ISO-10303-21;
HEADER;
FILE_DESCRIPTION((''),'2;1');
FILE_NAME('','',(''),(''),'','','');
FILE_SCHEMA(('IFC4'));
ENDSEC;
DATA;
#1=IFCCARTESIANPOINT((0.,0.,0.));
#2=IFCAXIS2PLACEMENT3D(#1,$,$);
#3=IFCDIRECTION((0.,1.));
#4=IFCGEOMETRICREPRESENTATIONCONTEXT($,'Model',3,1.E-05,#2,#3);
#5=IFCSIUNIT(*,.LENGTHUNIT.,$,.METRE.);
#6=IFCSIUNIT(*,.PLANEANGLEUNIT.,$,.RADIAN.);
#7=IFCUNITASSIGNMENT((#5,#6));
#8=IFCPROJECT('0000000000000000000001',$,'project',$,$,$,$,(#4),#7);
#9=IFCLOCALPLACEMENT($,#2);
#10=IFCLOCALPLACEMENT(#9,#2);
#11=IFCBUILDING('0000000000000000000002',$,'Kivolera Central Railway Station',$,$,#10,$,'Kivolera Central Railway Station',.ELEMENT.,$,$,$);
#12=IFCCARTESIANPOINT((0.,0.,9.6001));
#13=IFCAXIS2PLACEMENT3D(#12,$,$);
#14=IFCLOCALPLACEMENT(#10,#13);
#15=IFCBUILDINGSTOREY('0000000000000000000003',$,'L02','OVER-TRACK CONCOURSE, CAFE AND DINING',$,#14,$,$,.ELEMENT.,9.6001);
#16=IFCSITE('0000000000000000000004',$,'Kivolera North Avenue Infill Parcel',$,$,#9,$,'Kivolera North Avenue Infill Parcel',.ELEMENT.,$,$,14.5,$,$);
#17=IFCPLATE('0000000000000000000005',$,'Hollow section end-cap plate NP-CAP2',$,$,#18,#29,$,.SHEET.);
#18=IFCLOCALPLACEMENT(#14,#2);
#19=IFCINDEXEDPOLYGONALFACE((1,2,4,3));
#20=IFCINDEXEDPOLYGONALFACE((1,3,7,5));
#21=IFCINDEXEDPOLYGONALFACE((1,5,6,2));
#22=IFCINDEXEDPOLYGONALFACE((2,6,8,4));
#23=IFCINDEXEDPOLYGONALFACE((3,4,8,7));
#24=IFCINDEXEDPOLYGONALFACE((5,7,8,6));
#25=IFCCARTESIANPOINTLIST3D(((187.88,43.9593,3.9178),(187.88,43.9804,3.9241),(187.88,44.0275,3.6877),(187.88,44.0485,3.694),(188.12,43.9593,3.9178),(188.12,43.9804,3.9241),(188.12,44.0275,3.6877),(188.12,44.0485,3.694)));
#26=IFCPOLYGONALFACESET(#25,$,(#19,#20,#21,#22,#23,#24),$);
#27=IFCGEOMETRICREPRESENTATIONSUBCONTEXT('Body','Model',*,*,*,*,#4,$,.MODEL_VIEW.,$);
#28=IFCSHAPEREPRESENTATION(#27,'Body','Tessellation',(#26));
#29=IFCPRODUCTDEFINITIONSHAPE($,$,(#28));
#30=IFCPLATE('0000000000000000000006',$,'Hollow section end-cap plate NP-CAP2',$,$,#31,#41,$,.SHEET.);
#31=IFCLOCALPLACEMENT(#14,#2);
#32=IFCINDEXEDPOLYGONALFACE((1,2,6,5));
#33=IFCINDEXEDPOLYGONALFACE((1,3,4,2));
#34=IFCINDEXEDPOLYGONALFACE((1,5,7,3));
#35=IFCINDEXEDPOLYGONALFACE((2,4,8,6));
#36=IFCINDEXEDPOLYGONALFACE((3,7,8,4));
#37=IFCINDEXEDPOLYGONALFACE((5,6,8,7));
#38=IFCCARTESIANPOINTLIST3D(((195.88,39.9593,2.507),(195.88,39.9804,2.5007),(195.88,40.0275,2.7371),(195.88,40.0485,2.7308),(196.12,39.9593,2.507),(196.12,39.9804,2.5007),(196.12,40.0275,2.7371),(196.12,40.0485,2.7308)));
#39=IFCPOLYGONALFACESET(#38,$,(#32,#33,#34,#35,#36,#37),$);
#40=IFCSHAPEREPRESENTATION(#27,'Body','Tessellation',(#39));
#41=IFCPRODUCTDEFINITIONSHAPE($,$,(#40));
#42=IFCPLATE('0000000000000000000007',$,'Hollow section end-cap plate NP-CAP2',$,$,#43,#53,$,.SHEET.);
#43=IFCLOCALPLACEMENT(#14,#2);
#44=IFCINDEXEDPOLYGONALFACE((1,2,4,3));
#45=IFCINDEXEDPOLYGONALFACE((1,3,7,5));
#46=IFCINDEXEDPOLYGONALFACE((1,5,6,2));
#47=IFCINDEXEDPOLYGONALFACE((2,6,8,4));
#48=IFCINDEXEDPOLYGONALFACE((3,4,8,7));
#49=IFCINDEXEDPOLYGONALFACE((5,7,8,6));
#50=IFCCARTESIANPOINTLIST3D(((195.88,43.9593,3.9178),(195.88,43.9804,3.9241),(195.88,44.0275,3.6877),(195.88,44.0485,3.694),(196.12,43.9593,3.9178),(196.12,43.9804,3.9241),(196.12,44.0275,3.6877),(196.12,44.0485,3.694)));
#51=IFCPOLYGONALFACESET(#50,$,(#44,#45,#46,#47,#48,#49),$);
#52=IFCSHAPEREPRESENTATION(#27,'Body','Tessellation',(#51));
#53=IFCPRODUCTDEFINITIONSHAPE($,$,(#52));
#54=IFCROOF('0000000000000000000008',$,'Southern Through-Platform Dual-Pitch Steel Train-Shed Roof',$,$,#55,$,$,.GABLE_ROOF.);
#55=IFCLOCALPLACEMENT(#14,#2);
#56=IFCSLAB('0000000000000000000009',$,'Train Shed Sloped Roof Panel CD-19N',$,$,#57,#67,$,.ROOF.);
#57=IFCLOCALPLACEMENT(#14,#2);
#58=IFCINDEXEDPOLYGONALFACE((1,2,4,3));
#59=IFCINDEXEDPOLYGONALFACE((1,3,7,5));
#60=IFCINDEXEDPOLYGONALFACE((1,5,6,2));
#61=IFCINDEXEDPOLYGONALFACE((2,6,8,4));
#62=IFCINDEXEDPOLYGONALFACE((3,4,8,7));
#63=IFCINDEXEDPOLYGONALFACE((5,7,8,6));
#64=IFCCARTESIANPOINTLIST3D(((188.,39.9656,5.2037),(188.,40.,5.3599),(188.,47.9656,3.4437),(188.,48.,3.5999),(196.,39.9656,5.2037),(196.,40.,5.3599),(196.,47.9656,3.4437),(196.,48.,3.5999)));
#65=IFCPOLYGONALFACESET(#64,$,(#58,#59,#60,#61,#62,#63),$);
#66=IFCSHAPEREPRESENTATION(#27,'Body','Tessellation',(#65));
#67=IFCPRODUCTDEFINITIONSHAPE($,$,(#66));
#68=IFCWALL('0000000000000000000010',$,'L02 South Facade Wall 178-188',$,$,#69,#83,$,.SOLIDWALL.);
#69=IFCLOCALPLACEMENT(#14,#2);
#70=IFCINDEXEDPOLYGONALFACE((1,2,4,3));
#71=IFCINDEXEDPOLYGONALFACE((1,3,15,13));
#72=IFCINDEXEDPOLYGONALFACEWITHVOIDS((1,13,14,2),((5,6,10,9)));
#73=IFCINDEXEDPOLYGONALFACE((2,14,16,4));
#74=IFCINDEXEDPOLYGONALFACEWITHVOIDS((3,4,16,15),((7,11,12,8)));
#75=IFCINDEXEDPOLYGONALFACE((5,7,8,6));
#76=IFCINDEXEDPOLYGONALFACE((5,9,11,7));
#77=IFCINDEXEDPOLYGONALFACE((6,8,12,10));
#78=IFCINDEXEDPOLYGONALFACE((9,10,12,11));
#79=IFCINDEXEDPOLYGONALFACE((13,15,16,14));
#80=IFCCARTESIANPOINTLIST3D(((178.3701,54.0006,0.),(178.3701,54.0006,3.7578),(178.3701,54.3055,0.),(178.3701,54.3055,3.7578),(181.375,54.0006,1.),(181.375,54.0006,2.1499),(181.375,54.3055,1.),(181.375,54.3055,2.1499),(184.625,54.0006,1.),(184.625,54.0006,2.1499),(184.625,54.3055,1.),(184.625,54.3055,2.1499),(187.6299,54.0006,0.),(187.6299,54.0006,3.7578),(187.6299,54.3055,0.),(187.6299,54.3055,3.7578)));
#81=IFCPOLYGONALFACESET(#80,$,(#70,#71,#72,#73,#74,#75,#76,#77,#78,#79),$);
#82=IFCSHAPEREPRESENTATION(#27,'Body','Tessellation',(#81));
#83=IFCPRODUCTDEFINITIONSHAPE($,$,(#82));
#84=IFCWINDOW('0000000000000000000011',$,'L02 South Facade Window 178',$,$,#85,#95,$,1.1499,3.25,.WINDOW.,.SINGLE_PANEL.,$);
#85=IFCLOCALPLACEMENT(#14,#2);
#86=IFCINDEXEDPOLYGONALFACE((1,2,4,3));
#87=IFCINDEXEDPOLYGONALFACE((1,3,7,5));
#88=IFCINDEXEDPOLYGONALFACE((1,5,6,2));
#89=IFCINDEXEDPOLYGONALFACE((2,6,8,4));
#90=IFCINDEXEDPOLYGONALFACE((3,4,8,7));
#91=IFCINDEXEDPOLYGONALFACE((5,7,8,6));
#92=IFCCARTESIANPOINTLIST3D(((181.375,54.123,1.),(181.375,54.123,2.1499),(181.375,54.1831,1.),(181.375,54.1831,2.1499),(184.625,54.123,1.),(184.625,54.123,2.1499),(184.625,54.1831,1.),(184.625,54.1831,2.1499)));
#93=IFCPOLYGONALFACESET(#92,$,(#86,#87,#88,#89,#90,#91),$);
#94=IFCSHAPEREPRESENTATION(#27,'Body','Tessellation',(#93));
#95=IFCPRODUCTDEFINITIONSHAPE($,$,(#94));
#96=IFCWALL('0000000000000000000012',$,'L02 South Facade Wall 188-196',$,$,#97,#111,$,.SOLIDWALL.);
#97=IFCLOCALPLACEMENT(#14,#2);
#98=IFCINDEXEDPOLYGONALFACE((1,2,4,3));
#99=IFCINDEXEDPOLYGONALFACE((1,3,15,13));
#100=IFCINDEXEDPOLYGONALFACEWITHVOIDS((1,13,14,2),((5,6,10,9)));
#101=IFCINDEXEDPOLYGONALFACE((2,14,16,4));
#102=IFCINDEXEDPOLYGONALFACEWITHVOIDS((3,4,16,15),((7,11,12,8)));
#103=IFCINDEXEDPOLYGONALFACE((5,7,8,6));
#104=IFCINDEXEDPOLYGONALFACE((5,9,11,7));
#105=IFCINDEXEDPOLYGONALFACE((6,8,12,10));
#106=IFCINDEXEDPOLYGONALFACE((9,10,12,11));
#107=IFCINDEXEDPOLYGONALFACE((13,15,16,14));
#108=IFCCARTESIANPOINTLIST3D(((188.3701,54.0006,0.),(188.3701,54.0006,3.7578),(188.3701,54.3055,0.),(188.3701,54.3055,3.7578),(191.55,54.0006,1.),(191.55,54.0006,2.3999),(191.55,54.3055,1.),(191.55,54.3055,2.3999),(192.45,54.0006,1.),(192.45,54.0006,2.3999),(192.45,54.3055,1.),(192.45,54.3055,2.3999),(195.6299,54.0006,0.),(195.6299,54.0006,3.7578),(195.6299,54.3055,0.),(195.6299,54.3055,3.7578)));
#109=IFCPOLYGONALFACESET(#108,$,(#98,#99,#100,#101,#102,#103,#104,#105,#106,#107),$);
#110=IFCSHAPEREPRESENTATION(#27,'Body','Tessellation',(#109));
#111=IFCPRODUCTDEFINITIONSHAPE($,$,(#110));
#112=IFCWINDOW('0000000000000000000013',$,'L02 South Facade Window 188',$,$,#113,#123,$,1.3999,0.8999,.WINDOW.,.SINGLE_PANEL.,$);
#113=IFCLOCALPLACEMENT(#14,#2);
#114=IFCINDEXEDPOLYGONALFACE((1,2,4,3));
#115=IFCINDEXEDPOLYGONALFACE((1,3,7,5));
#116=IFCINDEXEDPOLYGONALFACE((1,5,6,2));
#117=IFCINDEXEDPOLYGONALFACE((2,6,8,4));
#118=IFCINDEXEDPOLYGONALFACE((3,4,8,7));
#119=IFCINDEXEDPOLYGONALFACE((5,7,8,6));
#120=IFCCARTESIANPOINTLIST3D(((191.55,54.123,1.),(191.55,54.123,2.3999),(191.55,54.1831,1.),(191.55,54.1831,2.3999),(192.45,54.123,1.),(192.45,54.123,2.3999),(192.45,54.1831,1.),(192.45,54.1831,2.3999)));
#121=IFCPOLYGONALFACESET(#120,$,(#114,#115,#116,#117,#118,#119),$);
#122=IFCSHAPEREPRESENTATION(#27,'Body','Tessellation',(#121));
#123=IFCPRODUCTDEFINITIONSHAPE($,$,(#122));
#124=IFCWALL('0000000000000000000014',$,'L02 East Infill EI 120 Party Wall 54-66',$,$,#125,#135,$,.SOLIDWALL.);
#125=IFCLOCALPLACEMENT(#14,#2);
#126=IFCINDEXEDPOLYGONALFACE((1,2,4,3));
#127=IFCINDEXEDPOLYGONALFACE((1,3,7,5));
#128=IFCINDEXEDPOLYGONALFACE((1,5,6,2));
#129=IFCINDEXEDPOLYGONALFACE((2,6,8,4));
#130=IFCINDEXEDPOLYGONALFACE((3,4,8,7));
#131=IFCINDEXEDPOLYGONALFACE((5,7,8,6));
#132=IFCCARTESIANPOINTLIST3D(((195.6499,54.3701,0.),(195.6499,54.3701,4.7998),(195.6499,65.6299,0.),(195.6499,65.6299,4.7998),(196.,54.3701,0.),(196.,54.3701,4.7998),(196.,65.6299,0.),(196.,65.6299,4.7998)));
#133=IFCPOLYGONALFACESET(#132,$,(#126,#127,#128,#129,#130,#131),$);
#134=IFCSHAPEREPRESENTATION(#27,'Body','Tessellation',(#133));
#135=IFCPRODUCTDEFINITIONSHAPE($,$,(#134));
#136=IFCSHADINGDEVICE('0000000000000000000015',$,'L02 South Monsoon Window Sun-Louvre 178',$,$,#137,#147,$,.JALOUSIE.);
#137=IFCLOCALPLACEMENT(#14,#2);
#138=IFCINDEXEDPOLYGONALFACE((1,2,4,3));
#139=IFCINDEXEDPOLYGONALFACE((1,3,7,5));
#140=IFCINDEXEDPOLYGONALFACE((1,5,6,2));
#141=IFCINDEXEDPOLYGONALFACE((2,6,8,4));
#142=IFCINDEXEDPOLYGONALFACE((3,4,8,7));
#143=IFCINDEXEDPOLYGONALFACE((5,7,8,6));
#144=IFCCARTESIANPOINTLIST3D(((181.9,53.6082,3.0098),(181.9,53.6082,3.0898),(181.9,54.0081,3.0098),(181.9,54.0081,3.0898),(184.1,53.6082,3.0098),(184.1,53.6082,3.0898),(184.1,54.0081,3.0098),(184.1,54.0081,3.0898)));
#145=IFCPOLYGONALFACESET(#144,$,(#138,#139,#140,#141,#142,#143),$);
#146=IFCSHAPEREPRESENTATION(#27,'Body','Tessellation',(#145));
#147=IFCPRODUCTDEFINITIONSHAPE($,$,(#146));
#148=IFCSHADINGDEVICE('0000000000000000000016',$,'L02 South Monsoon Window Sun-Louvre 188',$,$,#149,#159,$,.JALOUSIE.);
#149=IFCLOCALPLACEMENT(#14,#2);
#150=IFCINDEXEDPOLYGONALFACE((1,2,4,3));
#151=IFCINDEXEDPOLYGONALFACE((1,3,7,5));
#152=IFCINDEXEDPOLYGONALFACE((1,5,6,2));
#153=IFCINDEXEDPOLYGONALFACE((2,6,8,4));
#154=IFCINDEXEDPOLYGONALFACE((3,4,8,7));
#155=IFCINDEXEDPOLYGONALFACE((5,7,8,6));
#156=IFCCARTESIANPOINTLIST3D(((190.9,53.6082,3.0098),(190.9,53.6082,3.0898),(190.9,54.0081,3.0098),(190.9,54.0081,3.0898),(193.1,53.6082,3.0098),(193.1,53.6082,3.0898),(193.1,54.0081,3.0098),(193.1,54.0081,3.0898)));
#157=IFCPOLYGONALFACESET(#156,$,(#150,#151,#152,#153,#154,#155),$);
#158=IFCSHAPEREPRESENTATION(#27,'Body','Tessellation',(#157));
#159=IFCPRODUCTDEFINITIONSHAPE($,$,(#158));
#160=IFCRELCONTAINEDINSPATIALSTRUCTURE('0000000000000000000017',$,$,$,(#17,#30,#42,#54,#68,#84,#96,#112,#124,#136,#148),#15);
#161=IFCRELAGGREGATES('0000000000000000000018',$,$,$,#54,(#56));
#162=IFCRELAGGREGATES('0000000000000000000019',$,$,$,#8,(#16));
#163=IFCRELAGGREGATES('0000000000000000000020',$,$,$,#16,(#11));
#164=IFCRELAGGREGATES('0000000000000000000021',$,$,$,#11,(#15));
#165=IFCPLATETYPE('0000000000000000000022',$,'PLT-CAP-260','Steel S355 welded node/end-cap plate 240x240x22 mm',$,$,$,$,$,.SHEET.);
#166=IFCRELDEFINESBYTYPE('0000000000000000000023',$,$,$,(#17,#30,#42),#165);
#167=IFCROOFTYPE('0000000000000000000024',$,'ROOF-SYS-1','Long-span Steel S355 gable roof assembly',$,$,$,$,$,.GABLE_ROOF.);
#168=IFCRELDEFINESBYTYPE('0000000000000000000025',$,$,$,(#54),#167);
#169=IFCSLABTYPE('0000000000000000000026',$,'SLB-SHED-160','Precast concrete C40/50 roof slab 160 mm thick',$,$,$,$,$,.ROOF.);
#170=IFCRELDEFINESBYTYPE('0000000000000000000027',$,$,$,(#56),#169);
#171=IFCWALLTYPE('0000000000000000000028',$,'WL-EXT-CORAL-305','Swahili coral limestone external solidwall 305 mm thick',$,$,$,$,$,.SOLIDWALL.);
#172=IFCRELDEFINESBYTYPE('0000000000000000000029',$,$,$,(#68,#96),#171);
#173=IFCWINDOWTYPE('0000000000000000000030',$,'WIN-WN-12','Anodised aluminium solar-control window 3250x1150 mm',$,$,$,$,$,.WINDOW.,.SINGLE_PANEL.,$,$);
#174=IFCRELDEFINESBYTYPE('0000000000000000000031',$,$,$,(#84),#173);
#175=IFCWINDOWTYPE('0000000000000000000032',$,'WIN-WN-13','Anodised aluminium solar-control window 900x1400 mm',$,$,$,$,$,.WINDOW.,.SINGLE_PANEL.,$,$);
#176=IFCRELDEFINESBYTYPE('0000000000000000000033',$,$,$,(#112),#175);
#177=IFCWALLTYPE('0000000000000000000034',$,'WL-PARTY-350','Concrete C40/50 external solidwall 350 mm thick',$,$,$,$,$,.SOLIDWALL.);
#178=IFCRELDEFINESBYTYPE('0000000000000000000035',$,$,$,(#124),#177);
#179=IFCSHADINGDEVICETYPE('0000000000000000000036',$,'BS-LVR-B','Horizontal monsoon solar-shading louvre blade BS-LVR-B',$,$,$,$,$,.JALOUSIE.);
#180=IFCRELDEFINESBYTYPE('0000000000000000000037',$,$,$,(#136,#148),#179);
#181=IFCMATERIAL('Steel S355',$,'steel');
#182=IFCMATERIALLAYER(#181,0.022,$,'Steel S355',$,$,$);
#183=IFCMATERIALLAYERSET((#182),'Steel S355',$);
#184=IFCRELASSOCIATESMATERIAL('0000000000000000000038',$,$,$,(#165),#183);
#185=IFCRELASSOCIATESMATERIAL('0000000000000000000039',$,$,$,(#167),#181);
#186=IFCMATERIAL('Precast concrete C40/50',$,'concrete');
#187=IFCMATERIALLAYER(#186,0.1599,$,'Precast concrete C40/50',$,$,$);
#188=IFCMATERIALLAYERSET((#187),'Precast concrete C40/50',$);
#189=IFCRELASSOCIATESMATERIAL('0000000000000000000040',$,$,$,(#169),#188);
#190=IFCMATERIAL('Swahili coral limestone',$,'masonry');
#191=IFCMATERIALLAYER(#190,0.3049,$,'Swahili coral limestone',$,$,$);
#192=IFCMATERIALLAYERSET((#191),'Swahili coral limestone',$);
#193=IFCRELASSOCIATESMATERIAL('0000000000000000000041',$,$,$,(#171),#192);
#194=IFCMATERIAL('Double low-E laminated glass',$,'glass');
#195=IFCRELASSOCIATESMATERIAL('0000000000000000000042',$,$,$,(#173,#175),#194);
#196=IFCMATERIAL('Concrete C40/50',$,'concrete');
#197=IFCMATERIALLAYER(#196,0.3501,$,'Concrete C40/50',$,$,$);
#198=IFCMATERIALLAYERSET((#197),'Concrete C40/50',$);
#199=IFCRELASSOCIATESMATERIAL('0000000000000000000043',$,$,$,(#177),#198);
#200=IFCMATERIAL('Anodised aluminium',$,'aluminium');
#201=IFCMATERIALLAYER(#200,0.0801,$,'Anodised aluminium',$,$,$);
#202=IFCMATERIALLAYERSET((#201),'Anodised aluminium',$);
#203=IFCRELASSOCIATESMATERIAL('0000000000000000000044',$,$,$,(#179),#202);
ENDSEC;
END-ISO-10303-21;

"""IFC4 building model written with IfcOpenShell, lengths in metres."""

from ifc_helpers import new_model, si_unit, direction, frame, frame_2d, origin, origin_2d, place, context, subcontext, project, spatial, polyline, rectangle, outline, extrude, material, layer, layer_set, type_object, element, fill, aggregate, save


model = new_model("IFC4")

# Units and contexts
model_context = context("Model", 3, precision=1e-05, world=origin(), true_north=direction((0.0, 1.0)))
body_context = subcontext(model_context, "Body", "Model", "MODEL_VIEW")
ifc_project = project(units=[si_unit("LENGTHUNIT", "METRE"), si_unit("PLANEANGLEUNIT", "RADIAN")], contexts=[model_context])

# Site, building, storey
site_placement = place(None, origin())
site = spatial("IfcSite", under=ifc_project, at=site_placement, Name="Kivolera North Avenue Infill Parcel", LongName="Kivolera North Avenue Infill Parcel", CompositionType="ELEMENT", RefElevation=14.5)
building_placement = place(site_placement, origin())
building = spatial("IfcBuilding", under=site, at=building_placement, Name="Kivolera Central Railway Station", LongName="Kivolera Central Railway Station", CompositionType="ELEMENT")
storey_placement = place(building_placement, frame((0.0, 0.0, 9.6001)))
storey = spatial("IfcBuildingStorey", under=building, at=storey_placement, Name="L02", Description="OVER-TRACK CONCOURSE, CAFE AND DINING", CompositionType="ELEMENT", Elevation=9.6001)

# Shared definitions
ifc_material_1 = material(Name="Concrete C40/50", Category="concrete")
ifc_material_2 = material(Name="Steel S355", Category="steel")

# Plates
ifc_layer_1 = layer(ifc_material_2, 0.022, Name="Steel S355")
ifc_layer_set_1 = layer_set([ifc_layer_1], Name="Steel S355")
plate_type_1 = type_object("IfcPlateType", Name="PLT-CAP-260", Description="Steel S355 welded node/end-cap plate 240x240x22 mm", PredefinedType="SHEET", material=ifc_layer_set_1)
for number, where, z_axis, x_axis, name in (
    (1, (188.0, 44.0039, 3.8059), (0.0, 0.95881, 0.284048), (-1.0, 0.0, 0.0), "Hollow section end-cap plate NP-CAP2"),
    (2, (196.0, 40.0039, 2.6189), (0.0, -0.95881, 0.284048), (1.0, 0.0, 0.0), "Hollow section end-cap plate NP-CAP2"),
    (3, (196.0, 44.0039, 3.8059), (0.0, 0.95881, 0.284048), (-1.0, 0.0, 0.0), "Hollow section end-cap plate NP-CAP2"),
):
    element("IfcPlate", number, at=place(storey_placement, frame(where, z_axis=z_axis, x_axis=x_axis)), inside=storey, type_object=plate_type_1, Name=name, PredefinedType="SHEET", context=body_context, shape_type="SweptSolid", body=[
        extrude(rectangle(XDim=0.24, YDim=0.24, at=origin_2d()), frame((0.0, 0.0, -0.011)), (0.0, 0.0, 1.0), 0.022),
    ])

# Roof, slab
roof_type = type_object("IfcRoofType", Name="ROOF-SYS-1", Description="Long-span Steel S355 gable roof assembly", PredefinedType="GABLE_ROOF", material=ifc_material_2)
roof_placement = place(storey_placement, origin())
roof = element("IfcRoof", 4, at=roof_placement, inside=storey, type_object=roof_type, Name="Southern Through-Platform Dual-Pitch Steel Train-Shed Roof", PredefinedType="GABLE_ROOF")
ifc_material_3 = material(Name="Precast concrete C40/50", Category="concrete")
ifc_layer_2 = layer(ifc_material_3, 0.1599, Name="Precast concrete C40/50")
ifc_layer_set_2 = layer_set([ifc_layer_2], Name="Precast concrete C40/50")
slab_type = type_object("IfcSlabType", Name="SLB-SHED-160", Description="Precast concrete C40/50 roof slab 160 mm thick", PredefinedType="ROOF", material=ifc_layer_set_2)
slab_placement = place(storey_placement, frame((188.0, 40.0, 5.3599), z_axis=(0.0, 0.214863, 0.976644), x_axis=(1.0, 0.0, 0.0)))
slab = element("IfcSlab", 5, at=slab_placement, type_object=slab_type, Name="Train Shed Sloped Roof Panel CD-19N", PredefinedType="ROOF", context=body_context, shape_type="SweptSolid", body=[
    extrude(outline(polyline([(0.0, 0.0), (8.0, 0.0), (8.0, 8.1913), (0.0, 8.1913), (0.0, 0.0)])), origin(), (0.0, 0.0, -1.0), 0.1599),
])
aggregate(roof, [slab])

# Walls, openings, windows
ifc_material_4 = material(Name="Swahili coral limestone", Category="masonry")
ifc_layer_3 = layer(ifc_material_4, 0.3049, Name="Swahili coral limestone")
ifc_layer_set_3 = layer_set([ifc_layer_3], Name="Swahili coral limestone")
wall_type_1 = type_object("IfcWallType", Name="WL-EXT-CORAL-305", Description="Swahili coral limestone external solidwall 305 mm thick", PredefinedType="SOLIDWALL", material=ifc_layer_set_3)
wall_1_placement = place(storey_placement, frame((187.6299, 54.1531, 0.0), z_axis=(0.0, 0.0, 1.0), x_axis=(-1.0, 0.0, 0.0)))
wall_1 = element("IfcWall", 6, at=wall_1_placement, inside=storey, type_object=wall_type_1, Name="L02 South Facade Wall 178-188", PredefinedType="SOLIDWALL", context=body_context, shape_type="SweptSolid", body=[
    extrude(rectangle(XDim=9.2598, YDim=0.3049, at=frame_2d((4.6299, 0.0))), origin(), (0.0, 0.0, 1.0), 3.7578),
])
opening_1_placement = place(wall_1_placement, frame((3.0049, 0.0, 1.0)))
opening_1 = element("IfcOpeningElement", 7, at=opening_1_placement, cuts=wall_1, PredefinedType="OPENING", context=body_context, shape_type="SweptSolid", body=[
    extrude(rectangle(XDim=3.25, YDim=1.1499, at=frame_2d((1.625, 0.575))), frame((0.0, 0.1624, 0.0), z_axis=(0.0, -1.0, 0.0), x_axis=(1.0, 0.0, 0.0)), (0.0, 0.0, 1.0), 0.325),
])
ifc_material_5 = material(Name="Double low-E laminated glass", Category="glass")
window_type_1 = type_object("IfcWindowType", Name="WIN-WN-12", Description="Anodised aluminium solar-control window 3250x1150 mm", PartitioningType="SINGLE_PANEL", PredefinedType="WINDOW", material=ifc_material_5)
window_1_placement = place(opening_1_placement, origin())
window_1 = element("IfcWindow", 8, at=window_1_placement, inside=storey, type_object=window_type_1, Name="L02 South Facade Window 178", OverallHeight=1.1499, OverallWidth=3.25, PartitioningType="SINGLE_PANEL", PredefinedType="WINDOW", context=body_context, shape_type="SweptSolid", body=[
    extrude(rectangle(XDim=3.25, YDim=1.1499, at=frame_2d((1.625, 0.575))), frame((0.0, 0.03, 0.0), z_axis=(0.0, -1.0, 0.0), x_axis=(1.0, 0.0, 0.0)), (0.0, 0.0, 1.0), 0.0601),
])
fill(opening_1, window_1)
wall_2_placement = place(storey_placement, frame((195.6299, 54.1531, 0.0), z_axis=(0.0, 0.0, 1.0), x_axis=(-1.0, 0.0, 0.0)))
wall_2 = element("IfcWall", 9, at=wall_2_placement, inside=storey, type_object=wall_type_1, Name="L02 South Facade Wall 188-196", PredefinedType="SOLIDWALL", context=body_context, shape_type="SweptSolid", body=[
    extrude(rectangle(XDim=7.2598, YDim=0.3049, at=frame_2d((3.6299, 0.0))), origin(), (0.0, 0.0, 1.0), 3.7578),
])
opening_2_placement = place(wall_2_placement, frame((3.1799, 0.0, 1.0)))
opening_2 = element("IfcOpeningElement", 10, at=opening_2_placement, cuts=wall_2, PredefinedType="OPENING", context=body_context, shape_type="SweptSolid", body=[
    extrude(rectangle(XDim=0.8999, YDim=1.3999, at=frame_2d((0.45, 0.7))), frame((0.0, 0.1624, 0.0), z_axis=(0.0, -1.0, 0.0), x_axis=(1.0, 0.0, 0.0)), (0.0, 0.0, 1.0), 0.325),
])
window_type_2 = type_object("IfcWindowType", Name="WIN-WN-13", Description="Anodised aluminium solar-control window 900x1400 mm", PartitioningType="SINGLE_PANEL", PredefinedType="WINDOW", material=ifc_material_5)
window_2_placement = place(opening_2_placement, origin())
window_2 = element("IfcWindow", 11, at=window_2_placement, inside=storey, type_object=window_type_2, Name="L02 South Facade Window 188", OverallHeight=1.3999, OverallWidth=0.8999, PartitioningType="SINGLE_PANEL", PredefinedType="WINDOW", context=body_context, shape_type="SweptSolid", body=[
    extrude(rectangle(XDim=0.8999, YDim=1.3999, at=frame_2d((0.45, 0.7))), frame((0.0, 0.03, 0.0), z_axis=(0.0, -1.0, 0.0), x_axis=(1.0, 0.0, 0.0)), (0.0, 0.0, 1.0), 0.0601),
])
fill(opening_2, window_2)

# Wall
ifc_layer_4 = layer(ifc_material_1, 0.3501, Name="Concrete C40/50")
ifc_layer_set_4 = layer_set([ifc_layer_4], Name="Concrete C40/50")
wall_type_2 = type_object("IfcWallType", Name="WL-PARTY-350", Description="Concrete C40/50 external solidwall 350 mm thick", PredefinedType="SOLIDWALL", material=ifc_layer_set_4)
wall_3_placement = place(storey_placement, frame((195.825, 65.6299, 0.0), z_axis=(0.0, 0.0, 1.0), x_axis=(0.0, -1.0, 0.0)))
element("IfcWall", 12, at=wall_3_placement, inside=storey, type_object=wall_type_2, Name="L02 East Infill EI 120 Party Wall 54-66", PredefinedType="SOLIDWALL", context=body_context, shape_type="SweptSolid", body=[
    extrude(rectangle(XDim=11.2598, YDim=0.3501, at=frame_2d((5.6299, 0.0))), origin(), (0.0, 0.0, 1.0), 4.7998),
])

# Shading devices
ifc_material_6 = material(Name="Anodised aluminium", Category="aluminium")
ifc_layer_5 = layer(ifc_material_6, 0.0801, Name="Anodised aluminium")
ifc_layer_set_5 = layer_set([ifc_layer_5], Name="Anodised aluminium")
shading_device_type = type_object("IfcShadingDeviceType", Name="BS-LVR-B", Description="Horizontal monsoon solar-shading louvre blade BS-LVR-B", PredefinedType="JALOUSIE", material=ifc_layer_set_5)
for number, where, z_axis, x_axis, name in (
    (13, (183.0, 53.8081, 3.0098), (0.0, 0.0, 1.0), (1.0, 0.0, 0.0), "L02 South Monsoon Window Sun-Louvre 178"),
    (14, (192.0, 53.8081, 3.0098), (0.0, 0.0, 1.0), (1.0, 0.0, 0.0), "L02 South Monsoon Window Sun-Louvre 188"),
):
    element("IfcShadingDevice", number, at=place(storey_placement, frame(where, z_axis=z_axis, x_axis=x_axis)), inside=storey, type_object=shading_device_type, Name=name, PredefinedType="JALOUSIE", context=body_context, shape_type="SweptSolid", body=[
        extrude(rectangle(XDim=2.2, YDim=0.3999, at=origin_2d()), origin(), (0.0, 0.0, 1.0), 0.0801),
    ])

save(model, "model.ifc")
